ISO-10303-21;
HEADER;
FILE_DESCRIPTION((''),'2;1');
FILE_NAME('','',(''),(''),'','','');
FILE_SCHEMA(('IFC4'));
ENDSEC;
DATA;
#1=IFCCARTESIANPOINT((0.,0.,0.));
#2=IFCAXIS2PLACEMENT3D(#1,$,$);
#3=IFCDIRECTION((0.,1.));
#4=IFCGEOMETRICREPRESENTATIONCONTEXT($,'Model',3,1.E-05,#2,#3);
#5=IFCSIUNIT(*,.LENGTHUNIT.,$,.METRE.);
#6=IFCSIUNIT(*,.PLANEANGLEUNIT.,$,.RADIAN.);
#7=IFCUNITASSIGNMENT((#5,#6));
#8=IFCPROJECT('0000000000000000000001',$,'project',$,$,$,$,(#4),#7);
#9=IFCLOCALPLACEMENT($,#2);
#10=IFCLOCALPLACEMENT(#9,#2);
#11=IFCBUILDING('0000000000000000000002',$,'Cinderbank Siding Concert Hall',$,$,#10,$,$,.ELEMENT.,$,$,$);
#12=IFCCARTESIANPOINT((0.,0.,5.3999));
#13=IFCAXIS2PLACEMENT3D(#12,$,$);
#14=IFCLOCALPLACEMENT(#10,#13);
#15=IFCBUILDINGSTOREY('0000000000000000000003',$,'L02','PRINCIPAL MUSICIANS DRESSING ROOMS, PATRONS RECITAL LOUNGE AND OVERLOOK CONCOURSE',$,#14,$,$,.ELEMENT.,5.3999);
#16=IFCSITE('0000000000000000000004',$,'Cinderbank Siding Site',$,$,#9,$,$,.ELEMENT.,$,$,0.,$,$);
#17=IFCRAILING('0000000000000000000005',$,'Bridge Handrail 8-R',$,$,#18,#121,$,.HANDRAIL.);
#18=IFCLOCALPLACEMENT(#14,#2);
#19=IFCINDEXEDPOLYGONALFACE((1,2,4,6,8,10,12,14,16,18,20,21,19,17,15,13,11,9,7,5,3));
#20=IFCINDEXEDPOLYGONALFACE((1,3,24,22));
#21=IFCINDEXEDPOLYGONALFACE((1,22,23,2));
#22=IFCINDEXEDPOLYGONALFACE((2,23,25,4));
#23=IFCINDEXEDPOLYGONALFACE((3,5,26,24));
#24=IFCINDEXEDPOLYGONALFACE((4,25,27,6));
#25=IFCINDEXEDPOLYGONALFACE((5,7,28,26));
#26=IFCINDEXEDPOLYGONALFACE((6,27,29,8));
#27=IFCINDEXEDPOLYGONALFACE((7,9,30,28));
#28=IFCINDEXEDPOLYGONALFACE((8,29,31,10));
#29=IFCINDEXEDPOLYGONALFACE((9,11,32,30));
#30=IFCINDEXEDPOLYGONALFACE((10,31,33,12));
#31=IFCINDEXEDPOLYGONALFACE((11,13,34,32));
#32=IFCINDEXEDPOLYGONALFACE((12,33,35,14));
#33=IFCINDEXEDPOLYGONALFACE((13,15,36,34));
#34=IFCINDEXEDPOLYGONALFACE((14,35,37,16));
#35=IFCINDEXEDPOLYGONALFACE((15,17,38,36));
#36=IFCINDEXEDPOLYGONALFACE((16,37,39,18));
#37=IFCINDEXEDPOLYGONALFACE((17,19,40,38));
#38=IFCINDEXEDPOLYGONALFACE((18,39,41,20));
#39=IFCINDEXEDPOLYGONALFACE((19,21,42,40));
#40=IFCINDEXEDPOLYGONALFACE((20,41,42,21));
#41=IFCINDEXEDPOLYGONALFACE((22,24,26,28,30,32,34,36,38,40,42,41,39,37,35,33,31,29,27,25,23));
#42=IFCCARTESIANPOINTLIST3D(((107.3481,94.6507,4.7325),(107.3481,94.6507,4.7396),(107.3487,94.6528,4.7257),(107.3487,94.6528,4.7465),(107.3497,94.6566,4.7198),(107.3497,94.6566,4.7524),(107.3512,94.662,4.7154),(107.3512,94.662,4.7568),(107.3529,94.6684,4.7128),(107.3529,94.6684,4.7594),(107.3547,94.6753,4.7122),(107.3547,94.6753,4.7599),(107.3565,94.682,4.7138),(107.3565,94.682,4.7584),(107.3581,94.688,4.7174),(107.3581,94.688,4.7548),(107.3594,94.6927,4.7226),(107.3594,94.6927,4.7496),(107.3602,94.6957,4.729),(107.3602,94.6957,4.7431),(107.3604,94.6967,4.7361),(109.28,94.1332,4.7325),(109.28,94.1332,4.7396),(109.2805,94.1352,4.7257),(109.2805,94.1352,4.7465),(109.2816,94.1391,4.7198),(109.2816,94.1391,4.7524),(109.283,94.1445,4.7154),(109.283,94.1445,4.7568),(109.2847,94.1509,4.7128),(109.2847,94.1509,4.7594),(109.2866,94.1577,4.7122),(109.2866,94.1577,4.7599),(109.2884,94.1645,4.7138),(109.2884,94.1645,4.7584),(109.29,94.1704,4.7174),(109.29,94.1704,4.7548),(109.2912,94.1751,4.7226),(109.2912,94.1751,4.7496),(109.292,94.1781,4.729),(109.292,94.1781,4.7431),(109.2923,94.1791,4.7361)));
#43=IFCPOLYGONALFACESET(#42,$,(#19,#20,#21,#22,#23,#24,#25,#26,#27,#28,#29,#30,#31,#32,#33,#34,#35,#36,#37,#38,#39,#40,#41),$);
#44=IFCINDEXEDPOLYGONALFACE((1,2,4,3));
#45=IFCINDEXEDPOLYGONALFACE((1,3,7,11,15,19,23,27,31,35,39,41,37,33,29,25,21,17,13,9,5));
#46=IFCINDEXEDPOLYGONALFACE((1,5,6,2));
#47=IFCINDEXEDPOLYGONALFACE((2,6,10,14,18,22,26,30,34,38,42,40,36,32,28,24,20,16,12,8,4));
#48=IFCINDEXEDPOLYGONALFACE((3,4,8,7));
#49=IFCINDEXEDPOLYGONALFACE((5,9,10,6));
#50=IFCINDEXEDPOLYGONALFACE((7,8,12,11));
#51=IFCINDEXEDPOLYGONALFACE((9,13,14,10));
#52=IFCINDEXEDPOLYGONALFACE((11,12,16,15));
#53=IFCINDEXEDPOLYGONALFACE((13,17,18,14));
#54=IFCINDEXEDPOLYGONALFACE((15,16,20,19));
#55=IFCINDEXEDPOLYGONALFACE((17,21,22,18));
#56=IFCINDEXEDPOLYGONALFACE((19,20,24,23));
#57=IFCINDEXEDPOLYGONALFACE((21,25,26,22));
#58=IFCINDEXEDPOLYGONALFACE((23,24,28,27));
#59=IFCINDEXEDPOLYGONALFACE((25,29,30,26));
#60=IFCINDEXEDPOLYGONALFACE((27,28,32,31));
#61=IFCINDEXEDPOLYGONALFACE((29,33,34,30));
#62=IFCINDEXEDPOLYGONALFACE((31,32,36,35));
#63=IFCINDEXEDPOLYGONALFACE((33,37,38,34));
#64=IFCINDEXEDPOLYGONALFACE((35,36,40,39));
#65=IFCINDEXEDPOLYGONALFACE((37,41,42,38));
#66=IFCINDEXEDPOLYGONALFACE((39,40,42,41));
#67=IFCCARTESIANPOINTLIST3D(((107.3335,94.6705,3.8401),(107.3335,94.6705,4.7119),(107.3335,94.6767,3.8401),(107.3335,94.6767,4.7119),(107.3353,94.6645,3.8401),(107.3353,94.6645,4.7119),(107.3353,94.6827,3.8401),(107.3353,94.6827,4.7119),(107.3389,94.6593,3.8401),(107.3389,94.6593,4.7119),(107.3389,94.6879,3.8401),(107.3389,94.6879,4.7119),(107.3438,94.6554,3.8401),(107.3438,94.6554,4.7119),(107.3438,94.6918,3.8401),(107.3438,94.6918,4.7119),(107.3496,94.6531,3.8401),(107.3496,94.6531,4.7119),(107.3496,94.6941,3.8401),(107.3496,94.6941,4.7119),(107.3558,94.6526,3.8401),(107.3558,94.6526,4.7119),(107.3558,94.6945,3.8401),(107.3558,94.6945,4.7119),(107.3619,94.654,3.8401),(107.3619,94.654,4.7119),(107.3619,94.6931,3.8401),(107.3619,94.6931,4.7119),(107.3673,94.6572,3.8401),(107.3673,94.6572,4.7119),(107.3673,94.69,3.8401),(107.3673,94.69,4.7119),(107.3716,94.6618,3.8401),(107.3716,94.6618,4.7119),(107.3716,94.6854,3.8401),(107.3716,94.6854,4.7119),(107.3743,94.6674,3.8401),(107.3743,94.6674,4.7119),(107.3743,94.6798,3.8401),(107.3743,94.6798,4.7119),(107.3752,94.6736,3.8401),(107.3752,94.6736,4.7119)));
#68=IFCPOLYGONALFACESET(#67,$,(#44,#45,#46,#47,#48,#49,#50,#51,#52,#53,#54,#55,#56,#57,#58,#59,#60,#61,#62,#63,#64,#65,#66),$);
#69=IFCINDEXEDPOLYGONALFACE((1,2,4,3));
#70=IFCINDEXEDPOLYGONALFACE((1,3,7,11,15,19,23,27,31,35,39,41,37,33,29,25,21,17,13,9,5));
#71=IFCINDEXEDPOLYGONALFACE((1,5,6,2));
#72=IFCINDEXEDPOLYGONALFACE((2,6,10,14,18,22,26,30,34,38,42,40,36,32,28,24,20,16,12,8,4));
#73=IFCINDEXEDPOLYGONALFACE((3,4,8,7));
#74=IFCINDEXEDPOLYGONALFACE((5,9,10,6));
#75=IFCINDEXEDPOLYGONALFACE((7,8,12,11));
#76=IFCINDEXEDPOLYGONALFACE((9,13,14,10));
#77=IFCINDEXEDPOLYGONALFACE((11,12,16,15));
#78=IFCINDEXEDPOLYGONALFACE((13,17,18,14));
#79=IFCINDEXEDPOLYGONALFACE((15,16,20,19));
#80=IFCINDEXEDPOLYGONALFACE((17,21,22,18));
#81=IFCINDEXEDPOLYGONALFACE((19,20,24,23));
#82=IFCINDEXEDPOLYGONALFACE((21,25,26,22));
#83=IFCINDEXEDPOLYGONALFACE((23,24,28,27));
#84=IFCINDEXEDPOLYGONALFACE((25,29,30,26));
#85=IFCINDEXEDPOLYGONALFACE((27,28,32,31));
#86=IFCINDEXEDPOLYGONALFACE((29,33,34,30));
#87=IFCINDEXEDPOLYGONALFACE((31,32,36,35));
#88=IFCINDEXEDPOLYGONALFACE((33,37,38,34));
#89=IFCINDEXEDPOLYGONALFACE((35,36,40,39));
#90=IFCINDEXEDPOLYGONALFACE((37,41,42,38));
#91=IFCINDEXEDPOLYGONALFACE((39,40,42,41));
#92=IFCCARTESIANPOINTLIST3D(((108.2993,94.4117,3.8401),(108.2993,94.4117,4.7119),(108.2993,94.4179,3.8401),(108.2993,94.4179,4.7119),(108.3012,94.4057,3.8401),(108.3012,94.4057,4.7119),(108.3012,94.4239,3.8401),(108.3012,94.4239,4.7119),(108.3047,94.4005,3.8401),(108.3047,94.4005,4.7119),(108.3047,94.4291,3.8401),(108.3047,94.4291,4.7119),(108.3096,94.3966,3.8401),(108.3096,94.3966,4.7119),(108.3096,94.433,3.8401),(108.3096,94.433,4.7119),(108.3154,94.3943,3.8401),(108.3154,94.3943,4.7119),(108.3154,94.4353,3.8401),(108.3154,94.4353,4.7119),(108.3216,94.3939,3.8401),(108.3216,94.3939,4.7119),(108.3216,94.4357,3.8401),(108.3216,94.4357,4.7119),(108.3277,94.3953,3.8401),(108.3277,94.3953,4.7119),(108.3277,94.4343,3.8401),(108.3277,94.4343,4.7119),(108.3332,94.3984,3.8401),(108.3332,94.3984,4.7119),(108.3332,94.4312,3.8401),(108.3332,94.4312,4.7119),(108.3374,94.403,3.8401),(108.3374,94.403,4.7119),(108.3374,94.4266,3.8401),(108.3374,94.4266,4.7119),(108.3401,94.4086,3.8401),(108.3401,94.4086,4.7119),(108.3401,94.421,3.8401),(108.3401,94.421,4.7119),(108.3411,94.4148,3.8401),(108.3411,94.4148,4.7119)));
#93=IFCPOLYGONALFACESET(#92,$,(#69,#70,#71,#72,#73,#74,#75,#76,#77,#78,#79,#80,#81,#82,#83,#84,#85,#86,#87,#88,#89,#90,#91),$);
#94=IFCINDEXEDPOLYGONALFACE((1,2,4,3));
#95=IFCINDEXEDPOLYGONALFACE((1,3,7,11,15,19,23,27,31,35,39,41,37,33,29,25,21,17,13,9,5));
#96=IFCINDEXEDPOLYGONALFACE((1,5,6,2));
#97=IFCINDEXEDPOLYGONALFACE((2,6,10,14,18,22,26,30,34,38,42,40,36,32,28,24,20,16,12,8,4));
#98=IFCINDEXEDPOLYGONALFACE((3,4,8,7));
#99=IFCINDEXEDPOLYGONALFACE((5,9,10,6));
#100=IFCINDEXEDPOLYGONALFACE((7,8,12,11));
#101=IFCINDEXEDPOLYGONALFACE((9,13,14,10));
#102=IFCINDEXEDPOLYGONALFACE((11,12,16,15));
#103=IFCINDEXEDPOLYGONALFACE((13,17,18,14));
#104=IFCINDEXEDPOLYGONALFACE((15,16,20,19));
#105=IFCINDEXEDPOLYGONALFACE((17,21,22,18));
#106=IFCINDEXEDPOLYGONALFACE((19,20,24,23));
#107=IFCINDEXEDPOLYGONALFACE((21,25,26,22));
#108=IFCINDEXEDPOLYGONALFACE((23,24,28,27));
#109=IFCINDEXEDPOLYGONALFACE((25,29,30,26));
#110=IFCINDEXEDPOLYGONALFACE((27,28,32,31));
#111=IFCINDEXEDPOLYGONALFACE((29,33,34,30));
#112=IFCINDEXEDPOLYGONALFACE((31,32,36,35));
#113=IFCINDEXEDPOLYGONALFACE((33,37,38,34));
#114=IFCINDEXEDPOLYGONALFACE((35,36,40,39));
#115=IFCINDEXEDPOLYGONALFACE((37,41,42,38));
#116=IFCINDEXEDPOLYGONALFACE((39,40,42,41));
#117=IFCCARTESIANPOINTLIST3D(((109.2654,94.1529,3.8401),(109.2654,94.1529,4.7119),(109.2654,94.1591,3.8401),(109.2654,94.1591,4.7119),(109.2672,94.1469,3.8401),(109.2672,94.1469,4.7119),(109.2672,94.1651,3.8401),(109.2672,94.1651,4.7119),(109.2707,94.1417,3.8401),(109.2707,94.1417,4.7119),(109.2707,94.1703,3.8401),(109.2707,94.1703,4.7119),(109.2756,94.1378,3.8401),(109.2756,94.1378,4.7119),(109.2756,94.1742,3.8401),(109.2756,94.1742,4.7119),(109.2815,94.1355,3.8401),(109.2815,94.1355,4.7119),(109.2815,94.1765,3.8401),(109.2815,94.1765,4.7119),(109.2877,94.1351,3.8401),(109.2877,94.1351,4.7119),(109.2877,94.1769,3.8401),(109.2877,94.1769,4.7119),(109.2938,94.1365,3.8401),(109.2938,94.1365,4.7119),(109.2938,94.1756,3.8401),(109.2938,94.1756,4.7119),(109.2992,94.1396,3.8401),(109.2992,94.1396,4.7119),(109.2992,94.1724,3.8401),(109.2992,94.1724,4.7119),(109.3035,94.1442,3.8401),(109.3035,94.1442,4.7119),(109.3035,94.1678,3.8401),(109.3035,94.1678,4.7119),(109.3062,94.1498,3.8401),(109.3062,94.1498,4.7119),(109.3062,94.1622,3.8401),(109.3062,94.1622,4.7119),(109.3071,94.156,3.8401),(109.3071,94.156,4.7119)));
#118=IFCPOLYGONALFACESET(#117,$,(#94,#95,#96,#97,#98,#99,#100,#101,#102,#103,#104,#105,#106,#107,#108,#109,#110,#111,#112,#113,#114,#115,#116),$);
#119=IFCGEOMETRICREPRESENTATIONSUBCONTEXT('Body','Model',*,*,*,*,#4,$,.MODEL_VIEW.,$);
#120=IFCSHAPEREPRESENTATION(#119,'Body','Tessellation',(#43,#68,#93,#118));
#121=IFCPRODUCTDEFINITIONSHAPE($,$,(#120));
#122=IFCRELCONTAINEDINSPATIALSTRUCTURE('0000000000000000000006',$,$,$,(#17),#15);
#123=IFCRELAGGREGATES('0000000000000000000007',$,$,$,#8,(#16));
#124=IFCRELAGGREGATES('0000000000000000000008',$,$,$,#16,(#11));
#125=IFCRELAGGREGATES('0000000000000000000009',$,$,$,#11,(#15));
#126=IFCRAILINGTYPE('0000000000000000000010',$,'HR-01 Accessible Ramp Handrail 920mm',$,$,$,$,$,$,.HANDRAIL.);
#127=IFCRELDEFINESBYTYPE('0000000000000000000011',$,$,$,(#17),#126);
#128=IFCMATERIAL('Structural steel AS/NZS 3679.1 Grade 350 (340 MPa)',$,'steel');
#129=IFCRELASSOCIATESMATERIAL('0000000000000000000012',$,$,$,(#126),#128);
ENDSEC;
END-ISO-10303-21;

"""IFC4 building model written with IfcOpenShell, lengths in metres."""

from ifc_helpers import new_model, si_unit, direction, frame, origin, origin_2d, place, context, subcontext, project, spatial, circle, extrude, material, type_object, element, save


model = new_model("IFC4")

# Units and contexts
model_context = context("Model", 3, precision=1e-05, world=origin(), true_north=direction((0.0, 1.0)))
body_context = subcontext(model_context, "Body", "Model", "MODEL_VIEW")
ifc_project = project(units=[si_unit("LENGTHUNIT", "METRE"), si_unit("PLANEANGLEUNIT", "RADIAN")], contexts=[model_context])

# Site, building, storey
site_placement = place(None, origin())
site = spatial("IfcSite", under=ifc_project, at=site_placement, Name="Cinderbank Siding Site", CompositionType="ELEMENT", RefElevation=0.0)
building_placement = place(site_placement, origin())
building = spatial("IfcBuilding", under=site, at=building_placement, Name="Cinderbank Siding Concert Hall", CompositionType="ELEMENT")
storey_placement = place(building_placement, frame((0.0, 0.0, 5.3999)))
storey = spatial("IfcBuildingStorey", under=building, at=storey_placement, Name="L02", Description="PRINCIPAL MUSICIANS DRESSING ROOMS, PATRONS RECITAL LOUNGE AND OVERLOOK CONCOURSE", CompositionType="ELEMENT", Elevation=5.3999)

# Shared definitions
ifc_material_1 = material(Name="Structural steel AS/NZS 3679.1 Grade 350 (340 MPa)", Category="steel")

# Railing
railing_type_1 = type_object("IfcRailingType", Name="HR-01 Accessible Ramp Handrail 920mm", PredefinedType="HANDRAIL", material=ifc_material_1)
railing_1_placement = place(storey_placement, frame((107.3542, 94.6736, 3.8401)))
element("IfcRailing", 1, at=railing_1_placement, inside=storey, type_object=railing_type_1, Name="Bridge Handrail 8-R", PredefinedType="HANDRAIL", context=body_context, shape_type="SweptSolid", body=[
    extrude(circle(Radius=0.0239, at=origin_2d()), frame((0.0, 0.0, 0.896), z_axis=(0.965934, -0.258787, 0.0), x_axis=(0.258787, 0.965934, 0.0)), (0.0, 0.0, 1.0), 2.0),
    extrude(circle(Radius=0.021, at=origin_2d()), origin(), (0.0, 0.0, 1.0), 0.8718),
    extrude(circle(Radius=0.021, at=origin_2d()), frame((0.9658, -0.2588, 0.0)), (0.0, 0.0, 1.0), 0.8718),
    extrude(circle(Radius=0.021, at=origin_2d()), frame((1.9319, -0.5176, 0.0)), (0.0, 0.0, 1.0), 0.8718),
])

save(model, "model.ifc")
